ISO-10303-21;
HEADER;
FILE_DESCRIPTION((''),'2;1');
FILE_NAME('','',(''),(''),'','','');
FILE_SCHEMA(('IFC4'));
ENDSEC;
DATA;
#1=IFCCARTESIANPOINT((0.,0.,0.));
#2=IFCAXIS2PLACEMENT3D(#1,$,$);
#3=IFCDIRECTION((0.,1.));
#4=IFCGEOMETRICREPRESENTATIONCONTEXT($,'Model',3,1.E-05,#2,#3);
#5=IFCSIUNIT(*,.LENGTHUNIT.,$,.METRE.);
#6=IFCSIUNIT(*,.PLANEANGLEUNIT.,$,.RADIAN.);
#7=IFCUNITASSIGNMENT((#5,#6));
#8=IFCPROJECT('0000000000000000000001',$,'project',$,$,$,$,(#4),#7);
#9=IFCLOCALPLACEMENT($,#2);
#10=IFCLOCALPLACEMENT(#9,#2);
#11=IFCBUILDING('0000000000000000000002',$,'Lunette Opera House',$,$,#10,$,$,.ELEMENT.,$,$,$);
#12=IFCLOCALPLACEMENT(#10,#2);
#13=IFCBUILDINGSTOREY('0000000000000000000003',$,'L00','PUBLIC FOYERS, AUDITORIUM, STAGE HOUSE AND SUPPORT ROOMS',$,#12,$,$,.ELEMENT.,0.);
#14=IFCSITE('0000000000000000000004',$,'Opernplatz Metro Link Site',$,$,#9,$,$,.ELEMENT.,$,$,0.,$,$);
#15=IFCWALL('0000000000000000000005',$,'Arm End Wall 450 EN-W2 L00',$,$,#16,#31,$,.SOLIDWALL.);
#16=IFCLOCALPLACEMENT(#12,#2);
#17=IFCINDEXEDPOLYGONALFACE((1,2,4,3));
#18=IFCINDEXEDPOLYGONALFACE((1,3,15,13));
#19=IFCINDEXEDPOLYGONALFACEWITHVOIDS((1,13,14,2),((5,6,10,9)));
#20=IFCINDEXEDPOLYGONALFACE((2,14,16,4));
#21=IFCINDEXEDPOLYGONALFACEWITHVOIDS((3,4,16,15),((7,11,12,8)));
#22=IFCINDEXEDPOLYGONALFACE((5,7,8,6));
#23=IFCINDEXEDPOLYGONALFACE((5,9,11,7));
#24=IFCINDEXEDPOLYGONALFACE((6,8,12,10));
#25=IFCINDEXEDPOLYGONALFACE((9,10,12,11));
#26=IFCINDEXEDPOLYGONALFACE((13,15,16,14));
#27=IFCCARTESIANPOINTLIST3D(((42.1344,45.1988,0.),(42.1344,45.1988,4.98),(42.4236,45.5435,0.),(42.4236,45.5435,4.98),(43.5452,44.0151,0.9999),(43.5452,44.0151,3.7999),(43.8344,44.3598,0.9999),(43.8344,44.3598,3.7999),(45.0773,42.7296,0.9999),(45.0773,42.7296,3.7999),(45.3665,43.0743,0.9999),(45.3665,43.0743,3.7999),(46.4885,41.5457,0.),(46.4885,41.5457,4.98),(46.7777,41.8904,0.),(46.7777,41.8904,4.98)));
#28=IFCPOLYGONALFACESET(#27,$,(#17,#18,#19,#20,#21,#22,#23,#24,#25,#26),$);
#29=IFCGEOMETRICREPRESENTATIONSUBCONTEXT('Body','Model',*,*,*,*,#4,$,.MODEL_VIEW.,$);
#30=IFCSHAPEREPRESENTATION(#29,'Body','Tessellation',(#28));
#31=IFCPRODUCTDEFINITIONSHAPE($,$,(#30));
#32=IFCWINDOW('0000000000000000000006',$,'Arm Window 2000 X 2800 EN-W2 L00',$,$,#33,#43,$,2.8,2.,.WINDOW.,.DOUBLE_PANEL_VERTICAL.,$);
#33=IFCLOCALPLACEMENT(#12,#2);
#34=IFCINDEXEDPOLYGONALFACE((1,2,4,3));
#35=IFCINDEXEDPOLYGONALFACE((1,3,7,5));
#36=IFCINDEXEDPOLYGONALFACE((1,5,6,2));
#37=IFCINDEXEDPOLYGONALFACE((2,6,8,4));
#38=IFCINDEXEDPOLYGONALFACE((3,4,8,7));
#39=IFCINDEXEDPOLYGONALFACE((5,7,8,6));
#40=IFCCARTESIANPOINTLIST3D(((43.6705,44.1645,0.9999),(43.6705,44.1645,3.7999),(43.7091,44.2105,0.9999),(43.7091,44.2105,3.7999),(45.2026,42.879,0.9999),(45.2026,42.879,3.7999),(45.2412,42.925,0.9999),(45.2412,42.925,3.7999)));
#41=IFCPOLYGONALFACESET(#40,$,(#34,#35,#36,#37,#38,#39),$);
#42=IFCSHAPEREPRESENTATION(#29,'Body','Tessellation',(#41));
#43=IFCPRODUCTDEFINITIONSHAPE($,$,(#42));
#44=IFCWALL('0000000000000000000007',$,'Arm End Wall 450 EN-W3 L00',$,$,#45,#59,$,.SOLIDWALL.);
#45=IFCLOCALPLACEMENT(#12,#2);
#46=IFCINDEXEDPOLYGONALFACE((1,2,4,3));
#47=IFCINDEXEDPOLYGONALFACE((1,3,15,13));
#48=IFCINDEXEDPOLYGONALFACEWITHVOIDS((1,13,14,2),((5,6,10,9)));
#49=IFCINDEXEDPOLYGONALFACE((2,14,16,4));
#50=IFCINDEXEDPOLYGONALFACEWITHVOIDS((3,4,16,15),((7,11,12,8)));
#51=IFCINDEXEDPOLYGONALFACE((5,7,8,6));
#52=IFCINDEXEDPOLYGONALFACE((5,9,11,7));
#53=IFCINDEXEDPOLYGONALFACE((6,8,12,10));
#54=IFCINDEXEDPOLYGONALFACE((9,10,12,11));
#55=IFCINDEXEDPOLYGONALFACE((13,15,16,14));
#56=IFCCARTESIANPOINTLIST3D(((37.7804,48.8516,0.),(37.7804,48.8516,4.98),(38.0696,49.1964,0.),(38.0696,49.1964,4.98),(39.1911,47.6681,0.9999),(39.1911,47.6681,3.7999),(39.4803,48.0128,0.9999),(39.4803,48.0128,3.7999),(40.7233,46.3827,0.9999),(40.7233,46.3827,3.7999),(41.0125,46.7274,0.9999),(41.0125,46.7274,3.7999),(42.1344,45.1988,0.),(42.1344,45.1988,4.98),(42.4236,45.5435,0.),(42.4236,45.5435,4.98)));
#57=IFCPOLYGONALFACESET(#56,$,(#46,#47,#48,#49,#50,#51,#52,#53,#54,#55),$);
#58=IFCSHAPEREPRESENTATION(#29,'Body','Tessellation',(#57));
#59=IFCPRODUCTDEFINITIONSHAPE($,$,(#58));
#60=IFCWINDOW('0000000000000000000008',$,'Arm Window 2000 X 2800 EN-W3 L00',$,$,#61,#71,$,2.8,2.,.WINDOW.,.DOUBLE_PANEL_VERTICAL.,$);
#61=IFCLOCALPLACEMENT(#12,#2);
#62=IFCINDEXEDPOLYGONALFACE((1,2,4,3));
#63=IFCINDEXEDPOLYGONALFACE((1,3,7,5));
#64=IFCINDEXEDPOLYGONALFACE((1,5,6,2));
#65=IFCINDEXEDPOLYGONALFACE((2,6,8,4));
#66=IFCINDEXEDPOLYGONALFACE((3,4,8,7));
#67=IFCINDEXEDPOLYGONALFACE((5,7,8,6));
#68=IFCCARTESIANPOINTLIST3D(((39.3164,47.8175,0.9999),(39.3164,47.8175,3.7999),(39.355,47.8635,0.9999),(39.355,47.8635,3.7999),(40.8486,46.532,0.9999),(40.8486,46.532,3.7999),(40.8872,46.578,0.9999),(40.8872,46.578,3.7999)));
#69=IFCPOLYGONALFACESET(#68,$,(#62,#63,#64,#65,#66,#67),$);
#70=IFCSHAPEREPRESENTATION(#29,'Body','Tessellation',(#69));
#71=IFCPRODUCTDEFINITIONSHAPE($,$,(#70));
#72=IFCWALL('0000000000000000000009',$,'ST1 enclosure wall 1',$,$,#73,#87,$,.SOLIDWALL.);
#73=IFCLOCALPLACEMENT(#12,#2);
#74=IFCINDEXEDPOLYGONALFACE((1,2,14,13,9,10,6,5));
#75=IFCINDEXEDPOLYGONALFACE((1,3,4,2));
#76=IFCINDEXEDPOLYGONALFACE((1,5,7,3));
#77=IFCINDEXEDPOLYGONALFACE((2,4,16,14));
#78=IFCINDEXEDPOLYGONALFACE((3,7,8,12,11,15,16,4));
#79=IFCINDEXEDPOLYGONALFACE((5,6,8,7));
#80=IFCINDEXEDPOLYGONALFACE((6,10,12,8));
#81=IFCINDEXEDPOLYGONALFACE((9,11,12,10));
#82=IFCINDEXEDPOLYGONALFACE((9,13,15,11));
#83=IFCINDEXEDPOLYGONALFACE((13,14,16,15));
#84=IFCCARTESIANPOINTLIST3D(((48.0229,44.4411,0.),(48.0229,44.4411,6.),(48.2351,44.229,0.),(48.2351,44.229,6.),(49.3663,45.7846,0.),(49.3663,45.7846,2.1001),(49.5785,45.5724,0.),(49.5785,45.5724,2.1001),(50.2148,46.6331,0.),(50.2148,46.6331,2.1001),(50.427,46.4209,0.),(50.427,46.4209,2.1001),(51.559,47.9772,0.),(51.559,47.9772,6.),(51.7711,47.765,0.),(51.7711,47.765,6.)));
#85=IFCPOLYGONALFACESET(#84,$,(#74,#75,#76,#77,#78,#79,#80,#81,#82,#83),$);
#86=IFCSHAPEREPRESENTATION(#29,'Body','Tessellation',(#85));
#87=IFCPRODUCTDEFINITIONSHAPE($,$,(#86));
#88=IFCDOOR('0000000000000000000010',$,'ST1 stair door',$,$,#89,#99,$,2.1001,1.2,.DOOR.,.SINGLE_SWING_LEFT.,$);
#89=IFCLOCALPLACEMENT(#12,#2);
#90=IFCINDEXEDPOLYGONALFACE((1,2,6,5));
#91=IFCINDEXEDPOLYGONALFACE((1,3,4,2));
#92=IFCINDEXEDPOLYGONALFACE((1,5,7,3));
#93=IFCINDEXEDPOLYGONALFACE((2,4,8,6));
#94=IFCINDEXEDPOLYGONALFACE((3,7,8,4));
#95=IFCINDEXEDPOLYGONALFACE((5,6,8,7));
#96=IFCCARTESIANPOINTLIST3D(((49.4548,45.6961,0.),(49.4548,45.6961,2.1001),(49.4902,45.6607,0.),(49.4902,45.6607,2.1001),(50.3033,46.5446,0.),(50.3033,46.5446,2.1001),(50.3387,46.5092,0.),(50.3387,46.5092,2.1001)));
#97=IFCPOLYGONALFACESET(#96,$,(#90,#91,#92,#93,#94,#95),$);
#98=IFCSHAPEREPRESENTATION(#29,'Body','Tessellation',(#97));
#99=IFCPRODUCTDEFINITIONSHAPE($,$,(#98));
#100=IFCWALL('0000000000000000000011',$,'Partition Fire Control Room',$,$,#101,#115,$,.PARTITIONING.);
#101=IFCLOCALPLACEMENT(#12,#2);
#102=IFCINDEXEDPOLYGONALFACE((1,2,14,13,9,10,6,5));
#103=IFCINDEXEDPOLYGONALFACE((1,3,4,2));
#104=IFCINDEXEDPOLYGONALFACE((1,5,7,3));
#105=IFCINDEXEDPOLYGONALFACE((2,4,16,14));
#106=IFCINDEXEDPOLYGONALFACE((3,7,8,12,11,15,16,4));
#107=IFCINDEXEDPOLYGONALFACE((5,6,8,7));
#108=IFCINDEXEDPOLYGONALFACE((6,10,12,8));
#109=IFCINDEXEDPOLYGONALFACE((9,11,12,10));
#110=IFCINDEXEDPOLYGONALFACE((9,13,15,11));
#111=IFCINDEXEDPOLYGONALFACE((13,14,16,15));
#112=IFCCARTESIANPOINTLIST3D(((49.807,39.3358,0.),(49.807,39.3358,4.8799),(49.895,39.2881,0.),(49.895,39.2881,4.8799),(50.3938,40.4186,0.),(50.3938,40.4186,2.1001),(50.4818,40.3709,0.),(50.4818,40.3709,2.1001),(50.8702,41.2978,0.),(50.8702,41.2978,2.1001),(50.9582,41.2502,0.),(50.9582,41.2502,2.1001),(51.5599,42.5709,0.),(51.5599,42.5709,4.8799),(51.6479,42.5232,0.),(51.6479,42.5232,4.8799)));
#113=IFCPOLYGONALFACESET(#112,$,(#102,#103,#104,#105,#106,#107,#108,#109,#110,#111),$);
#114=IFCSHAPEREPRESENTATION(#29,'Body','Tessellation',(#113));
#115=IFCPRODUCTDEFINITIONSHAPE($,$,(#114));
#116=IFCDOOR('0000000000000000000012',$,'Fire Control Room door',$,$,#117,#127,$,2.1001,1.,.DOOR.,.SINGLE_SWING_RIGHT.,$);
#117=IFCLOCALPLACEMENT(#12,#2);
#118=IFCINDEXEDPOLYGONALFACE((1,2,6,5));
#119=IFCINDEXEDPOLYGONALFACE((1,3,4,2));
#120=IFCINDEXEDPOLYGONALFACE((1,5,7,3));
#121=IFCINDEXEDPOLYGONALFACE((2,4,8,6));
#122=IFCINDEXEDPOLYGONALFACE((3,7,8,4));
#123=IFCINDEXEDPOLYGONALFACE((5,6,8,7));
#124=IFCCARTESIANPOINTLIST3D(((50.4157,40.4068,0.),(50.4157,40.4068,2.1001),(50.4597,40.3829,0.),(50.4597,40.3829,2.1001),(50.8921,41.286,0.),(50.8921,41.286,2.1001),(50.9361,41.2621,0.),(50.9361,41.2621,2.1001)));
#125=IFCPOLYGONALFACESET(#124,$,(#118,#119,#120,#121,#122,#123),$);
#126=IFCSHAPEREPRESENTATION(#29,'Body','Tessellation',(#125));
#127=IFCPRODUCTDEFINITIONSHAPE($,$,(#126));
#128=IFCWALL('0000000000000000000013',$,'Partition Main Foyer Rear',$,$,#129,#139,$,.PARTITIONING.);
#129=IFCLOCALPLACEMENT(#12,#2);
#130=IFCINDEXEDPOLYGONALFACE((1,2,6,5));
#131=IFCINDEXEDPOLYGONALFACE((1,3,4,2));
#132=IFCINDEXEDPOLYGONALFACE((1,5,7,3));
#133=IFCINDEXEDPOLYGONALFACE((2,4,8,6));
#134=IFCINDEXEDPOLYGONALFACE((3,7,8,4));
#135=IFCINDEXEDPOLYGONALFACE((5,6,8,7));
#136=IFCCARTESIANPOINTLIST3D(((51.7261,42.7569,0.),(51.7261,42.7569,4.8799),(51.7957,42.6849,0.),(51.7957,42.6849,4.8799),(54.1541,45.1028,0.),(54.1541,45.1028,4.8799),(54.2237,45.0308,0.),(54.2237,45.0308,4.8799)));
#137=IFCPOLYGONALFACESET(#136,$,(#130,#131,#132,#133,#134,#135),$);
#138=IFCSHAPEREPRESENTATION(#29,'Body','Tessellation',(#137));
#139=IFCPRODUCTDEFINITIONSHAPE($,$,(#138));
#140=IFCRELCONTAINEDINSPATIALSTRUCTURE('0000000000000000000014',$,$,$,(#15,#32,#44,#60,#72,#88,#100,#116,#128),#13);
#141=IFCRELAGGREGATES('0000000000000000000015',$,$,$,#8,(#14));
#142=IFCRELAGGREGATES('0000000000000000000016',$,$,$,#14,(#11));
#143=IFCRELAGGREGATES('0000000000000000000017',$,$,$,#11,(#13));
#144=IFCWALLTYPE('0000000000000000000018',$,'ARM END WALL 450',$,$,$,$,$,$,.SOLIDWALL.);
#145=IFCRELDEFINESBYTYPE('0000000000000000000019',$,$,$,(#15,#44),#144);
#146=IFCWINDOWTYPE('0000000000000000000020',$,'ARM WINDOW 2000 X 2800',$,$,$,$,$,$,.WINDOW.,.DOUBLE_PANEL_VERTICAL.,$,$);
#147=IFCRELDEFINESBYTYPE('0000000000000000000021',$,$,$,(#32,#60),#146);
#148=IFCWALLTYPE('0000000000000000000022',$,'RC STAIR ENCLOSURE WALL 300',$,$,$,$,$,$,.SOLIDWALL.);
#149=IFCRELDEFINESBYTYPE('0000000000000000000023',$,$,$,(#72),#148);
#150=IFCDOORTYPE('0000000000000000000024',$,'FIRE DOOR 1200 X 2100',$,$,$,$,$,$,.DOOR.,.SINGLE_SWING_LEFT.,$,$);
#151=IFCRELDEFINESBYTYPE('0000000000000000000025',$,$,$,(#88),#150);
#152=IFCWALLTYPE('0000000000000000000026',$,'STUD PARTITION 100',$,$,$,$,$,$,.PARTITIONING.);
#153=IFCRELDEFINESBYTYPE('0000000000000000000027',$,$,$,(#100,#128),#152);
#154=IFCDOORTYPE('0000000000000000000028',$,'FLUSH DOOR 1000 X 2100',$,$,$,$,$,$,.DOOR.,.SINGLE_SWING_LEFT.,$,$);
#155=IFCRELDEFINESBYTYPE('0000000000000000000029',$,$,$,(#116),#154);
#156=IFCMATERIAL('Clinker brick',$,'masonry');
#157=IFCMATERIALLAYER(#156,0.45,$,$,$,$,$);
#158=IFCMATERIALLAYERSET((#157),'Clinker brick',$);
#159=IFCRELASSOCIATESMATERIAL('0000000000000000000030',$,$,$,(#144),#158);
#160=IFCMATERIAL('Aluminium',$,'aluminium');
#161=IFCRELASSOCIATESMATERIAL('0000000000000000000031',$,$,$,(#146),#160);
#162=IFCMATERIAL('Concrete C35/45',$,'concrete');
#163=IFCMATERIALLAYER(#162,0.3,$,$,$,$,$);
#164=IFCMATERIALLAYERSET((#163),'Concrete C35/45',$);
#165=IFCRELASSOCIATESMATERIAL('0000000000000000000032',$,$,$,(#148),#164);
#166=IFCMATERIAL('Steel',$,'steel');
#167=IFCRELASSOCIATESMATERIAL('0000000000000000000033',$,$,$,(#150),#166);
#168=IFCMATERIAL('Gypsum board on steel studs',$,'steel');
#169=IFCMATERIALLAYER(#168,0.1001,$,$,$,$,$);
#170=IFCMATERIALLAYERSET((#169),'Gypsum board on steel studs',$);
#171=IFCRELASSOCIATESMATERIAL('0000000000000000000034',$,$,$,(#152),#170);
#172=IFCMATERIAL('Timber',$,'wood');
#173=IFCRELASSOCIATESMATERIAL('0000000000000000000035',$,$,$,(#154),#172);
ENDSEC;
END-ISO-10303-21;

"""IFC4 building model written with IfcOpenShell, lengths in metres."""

from ifc_helpers import new_model, si_unit, direction, frame, frame_2d, origin, place, context, subcontext, project, spatial, rectangle, extrude, material, layer, layer_set, type_object, element, fill, save


model = new_model("IFC4")

# Units and contexts
model_context = context("Model", 3, precision=1e-05, world=origin(), true_north=direction((0.0, 1.0)))
body_context = subcontext(model_context, "Body", "Model", "MODEL_VIEW")
ifc_project = project(units=[si_unit("LENGTHUNIT", "METRE"), si_unit("PLANEANGLEUNIT", "RADIAN")], contexts=[model_context])

# Site, building, storey
site_placement = place(None, origin())
site = spatial("IfcSite", under=ifc_project, at=site_placement, Name="Opernplatz Metro Link Site", CompositionType="ELEMENT", RefElevation=0.0)
building_placement = place(site_placement, origin())
building = spatial("IfcBuilding", under=site, at=building_placement, Name="Lunette Opera House", CompositionType="ELEMENT")
storey_placement = place(building_placement, origin())
storey = spatial("IfcBuildingStorey", under=building, at=storey_placement, Name="L00", Description="PUBLIC FOYERS, AUDITORIUM, STAGE HOUSE AND SUPPORT ROOMS", CompositionType="ELEMENT", Elevation=0.0)

# Walls, openings, windows
ifc_material_1 = material(Name="Clinker brick", Category="masonry")
ifc_layer_1 = layer(ifc_material_1, 0.45)
ifc_layer_set_1 = layer_set([ifc_layer_1], Name="Clinker brick")
wall_type_1 = type_object("IfcWallType", Name="ARM END WALL 450", PredefinedType="SOLIDWALL", material=ifc_layer_set_1)
ifc_material_2 = material(Name="Aluminium", Category="aluminium")
window_type = type_object("IfcWindowType", Name="ARM WINDOW 2000 X 2800", PartitioningType="DOUBLE_PANEL_VERTICAL", PredefinedType="WINDOW", material=ifc_material_2)
wall_1_placement = place(storey_placement, frame((46.6331, 41.718, 0.0), z_axis=(0.0, 0.0, 1.0), x_axis=(-0.766076, 0.64275, 0.0)))
wall_1 = element("IfcWall", 1, at=wall_1_placement, inside=storey, type_object=wall_type_1, Name="Arm End Wall 450 EN-W2 L00", PredefinedType="SOLIDWALL", context=body_context, shape_type="SweptSolid", body=[
    extrude(rectangle(XDim=5.6836, YDim=0.45, at=frame_2d((2.8418, 0.0))), origin(), (0.0, 0.0, 1.0), 4.98),
])
opening_1_placement = place(wall_1_placement, frame((1.842, 0.0, 1.0)))
opening_1 = element("IfcOpeningElement", 2, at=opening_1_placement, cuts=wall_1, PredefinedType="OPENING", context=body_context, shape_type="SweptSolid", body=[
    extrude(rectangle(XDim=2.0, YDim=2.8, at=frame_2d((1.0, 1.3999))), frame((0.0, 0.2371, 0.0), z_axis=(0.0, -1.0, 0.0), x_axis=(1.0, 0.0, 0.0)), (0.0, 0.0, 1.0), 0.4739),
])
window_1_placement = place(opening_1_placement, origin())
window_1 = element("IfcWindow", 3, at=window_1_placement, inside=storey, type_object=window_type, Name="Arm Window 2000 X 2800 EN-W2 L00", OverallHeight=2.8, OverallWidth=2.0, PartitioningType="DOUBLE_PANEL_VERTICAL", PredefinedType="WINDOW", context=body_context, shape_type="SweptSolid", body=[
    extrude(rectangle(XDim=2.0, YDim=2.8, at=frame_2d((1.0, 1.3999))), frame((0.0, 0.03, 0.0), z_axis=(0.0, -1.0, 0.0), x_axis=(1.0, 0.0, 0.0)), (0.0, 0.0, 1.0), 0.0601),
])
fill(opening_1, window_1)
wall_2_placement = place(storey_placement, frame((42.2791, 45.3711, 0.0), z_axis=(0.0, 0.0, 1.0), x_axis=(-0.766097, 0.642725, 0.0)))
wall_2 = element("IfcWall", 4, at=wall_2_placement, inside=storey, type_object=wall_type_1, Name="Arm End Wall 450 EN-W3 L00", PredefinedType="SOLIDWALL", context=body_context, shape_type="SweptSolid", body=[
    extrude(rectangle(XDim=5.6833, YDim=0.45, at=frame_2d((2.8418, 0.0))), origin(), (0.0, 0.0, 1.0), 4.98),
])
opening_2_placement = place(wall_2_placement, frame((1.842, 0.0, 1.0)))
opening_2 = element("IfcOpeningElement", 5, at=opening_2_placement, cuts=wall_2, PredefinedType="OPENING", context=body_context, shape_type="SweptSolid", body=[
    extrude(rectangle(XDim=2.0, YDim=2.8, at=frame_2d((1.0, 1.3999))), frame((0.0, 0.2371, 0.0), z_axis=(0.0, -1.0, 0.0), x_axis=(1.0, 0.0, 0.0)), (0.0, 0.0, 1.0), 0.4739),
])
window_2_placement = place(opening_2_placement, origin())
window_2 = element("IfcWindow", 6, at=window_2_placement, inside=storey, type_object=window_type, Name="Arm Window 2000 X 2800 EN-W3 L00", OverallHeight=2.8, OverallWidth=2.0, PartitioningType="DOUBLE_PANEL_VERTICAL", PredefinedType="WINDOW", context=body_context, shape_type="SweptSolid", body=[
    extrude(rectangle(XDim=2.0, YDim=2.8, at=frame_2d((1.0, 1.3999))), frame((0.0, 0.03, 0.0), z_axis=(0.0, -1.0, 0.0), x_axis=(1.0, 0.0, 0.0)), (0.0, 0.0, 1.0), 0.0601),
])
fill(opening_2, window_2)

# Walls, openings, doors
ifc_material_3 = material(Name="Concrete C35/45", Category="concrete")
ifc_layer_2 = layer(ifc_material_3, 0.3)
ifc_layer_set_2 = layer_set([ifc_layer_2], Name="Concrete C35/45")
wall_type_2 = type_object("IfcWallType", Name="RC STAIR ENCLOSURE WALL 300", PredefinedType="SOLIDWALL", material=ifc_layer_set_2)
wall_3_placement = place(storey_placement, frame((48.1289, 44.335, 0.0), z_axis=(0.0, 0.0, 1.0), x_axis=(0.707107, 0.707107, 0.0)))
wall_3 = element("IfcWall", 7, at=wall_3_placement, inside=storey, type_object=wall_type_2, Name="ST1 enclosure wall 1", PredefinedType="SOLIDWALL", context=body_context, shape_type="SweptSolid", body=[
    extrude(rectangle(XDim=5.0007, YDim=0.3, at=frame_2d((2.5005, 0.0))), origin(), (0.0, 0.0, 1.0), 6.0),
])
opening_3_placement = place(wall_3_placement, frame((1.8999, 0.0, 0.0)))
opening_3 = element("IfcOpeningElement", 8, at=opening_3_placement, cuts=wall_3, PredefinedType="OPENING", context=body_context, shape_type="SweptSolid", body=[
    extrude(rectangle(XDim=1.2, YDim=2.1001, at=frame_2d((0.6001, 1.05))), frame((0.0, 0.1621, 0.0), z_axis=(0.0, -1.0, 0.0), x_axis=(1.0, 0.0, 0.0)), (0.0, 0.0, 1.0), 0.324),
])
ifc_material_4 = material(Name="Steel", Category="steel")
door_type_1 = type_object("IfcDoorType", Name="FIRE DOOR 1200 X 2100", OperationType="SINGLE_SWING_LEFT", PredefinedType="DOOR", material=ifc_material_4)
door_1_placement = place(opening_3_placement, origin())
door_1 = element("IfcDoor", 9, at=door_1_placement, inside=storey, type_object=door_type_1, Name="ST1 stair door", OperationType="SINGLE_SWING_LEFT", OverallHeight=2.1001, OverallWidth=1.2, PredefinedType="DOOR", context=body_context, shape_type="SweptSolid", body=[
    extrude(rectangle(XDim=1.2, YDim=2.1001, at=frame_2d((0.6001, 1.05))), frame((0.0, 0.0249, 0.0), z_axis=(0.0, -1.0, 0.0), x_axis=(1.0, 0.0, 0.0)), (0.0, 0.0, 1.0), 0.05),
])
fill(opening_3, door_1)
ifc_material_5 = material(Name="Gypsum board on steel studs", Category="steel")
ifc_layer_3 = layer(ifc_material_5, 0.1001)
ifc_layer_set_3 = layer_set([ifc_layer_3], Name="Gypsum board on steel studs")
wall_type_3 = type_object("IfcWallType", Name="STUD PARTITION 100", PredefinedType="PARTITIONING", material=ifc_layer_set_3)
wall_4_placement = place(storey_placement, frame((51.604, 42.5471, 0.0), z_axis=(0.0, 0.0, 1.0), x_axis=(-0.476405, -0.879226, 0.0)))
wall_4 = element("IfcWall", 10, at=wall_4_placement, inside=storey, type_object=wall_type_3, Name="Partition Fire Control Room", PredefinedType="PARTITIONING", context=body_context, shape_type="SweptSolid", body=[
    extrude(rectangle(XDim=3.6794, YDim=0.1001, at=frame_2d((1.8398, 0.0))), origin(), (0.0, 0.0, 1.0), 4.8799),
])
opening_4_placement = place(wall_4_placement, frame((1.448, 0.0, 0.0)))
opening_4 = element("IfcOpeningElement", 11, at=opening_4_placement, cuts=wall_4, PredefinedType="OPENING", context=body_context, shape_type="SweptSolid", body=[
    extrude(rectangle(XDim=1.0, YDim=2.1001, at=frame_2d((0.5, 1.05))), frame((0.0, 0.062, 0.0), z_axis=(0.0, -1.0, 0.0), x_axis=(1.0, 0.0, 0.0)), (0.0, 0.0, 1.0), 0.124),
])
ifc_material_6 = material(Name="Timber", Category="wood")
door_type_2 = type_object("IfcDoorType", Name="FLUSH DOOR 1000 X 2100", OperationType="SINGLE_SWING_LEFT", PredefinedType="DOOR", material=ifc_material_6)
door_2_placement = place(opening_4_placement, origin())
door_2 = element("IfcDoor", 12, at=door_2_placement, inside=storey, type_object=door_type_2, Name="Fire Control Room door", OperationType="SINGLE_SWING_RIGHT", OverallHeight=2.1001, OverallWidth=1.0, PredefinedType="DOOR", context=body_context, shape_type="SweptSolid", body=[
    extrude(rectangle(XDim=1.0, YDim=2.1001, at=frame_2d((0.5, 1.05))), frame((0.0, 0.0249, 0.0), z_axis=(0.0, -1.0, 0.0), x_axis=(1.0, 0.0, 0.0)), (0.0, 0.0, 1.0), 0.05),
])
fill(opening_4, door_2)

# Wall
wall_5_placement = place(storey_placement, frame((51.761, 42.7209, 0.0), z_axis=(0.0, 0.0, 1.0), x_axis=(0.719151, 0.694854, 0.0)))
element("IfcWall", 13, at=wall_5_placement, inside=storey, type_object=wall_type_3, Name="Partition Main Foyer Rear", PredefinedType="PARTITIONING", context=body_context, shape_type="SweptSolid", body=[
    extrude(rectangle(XDim=3.3762, YDim=0.1001, at=frame_2d((1.688, 0.0))), origin(), (0.0, 0.0, 1.0), 4.8799),
])

save(model, "model.ifc")
